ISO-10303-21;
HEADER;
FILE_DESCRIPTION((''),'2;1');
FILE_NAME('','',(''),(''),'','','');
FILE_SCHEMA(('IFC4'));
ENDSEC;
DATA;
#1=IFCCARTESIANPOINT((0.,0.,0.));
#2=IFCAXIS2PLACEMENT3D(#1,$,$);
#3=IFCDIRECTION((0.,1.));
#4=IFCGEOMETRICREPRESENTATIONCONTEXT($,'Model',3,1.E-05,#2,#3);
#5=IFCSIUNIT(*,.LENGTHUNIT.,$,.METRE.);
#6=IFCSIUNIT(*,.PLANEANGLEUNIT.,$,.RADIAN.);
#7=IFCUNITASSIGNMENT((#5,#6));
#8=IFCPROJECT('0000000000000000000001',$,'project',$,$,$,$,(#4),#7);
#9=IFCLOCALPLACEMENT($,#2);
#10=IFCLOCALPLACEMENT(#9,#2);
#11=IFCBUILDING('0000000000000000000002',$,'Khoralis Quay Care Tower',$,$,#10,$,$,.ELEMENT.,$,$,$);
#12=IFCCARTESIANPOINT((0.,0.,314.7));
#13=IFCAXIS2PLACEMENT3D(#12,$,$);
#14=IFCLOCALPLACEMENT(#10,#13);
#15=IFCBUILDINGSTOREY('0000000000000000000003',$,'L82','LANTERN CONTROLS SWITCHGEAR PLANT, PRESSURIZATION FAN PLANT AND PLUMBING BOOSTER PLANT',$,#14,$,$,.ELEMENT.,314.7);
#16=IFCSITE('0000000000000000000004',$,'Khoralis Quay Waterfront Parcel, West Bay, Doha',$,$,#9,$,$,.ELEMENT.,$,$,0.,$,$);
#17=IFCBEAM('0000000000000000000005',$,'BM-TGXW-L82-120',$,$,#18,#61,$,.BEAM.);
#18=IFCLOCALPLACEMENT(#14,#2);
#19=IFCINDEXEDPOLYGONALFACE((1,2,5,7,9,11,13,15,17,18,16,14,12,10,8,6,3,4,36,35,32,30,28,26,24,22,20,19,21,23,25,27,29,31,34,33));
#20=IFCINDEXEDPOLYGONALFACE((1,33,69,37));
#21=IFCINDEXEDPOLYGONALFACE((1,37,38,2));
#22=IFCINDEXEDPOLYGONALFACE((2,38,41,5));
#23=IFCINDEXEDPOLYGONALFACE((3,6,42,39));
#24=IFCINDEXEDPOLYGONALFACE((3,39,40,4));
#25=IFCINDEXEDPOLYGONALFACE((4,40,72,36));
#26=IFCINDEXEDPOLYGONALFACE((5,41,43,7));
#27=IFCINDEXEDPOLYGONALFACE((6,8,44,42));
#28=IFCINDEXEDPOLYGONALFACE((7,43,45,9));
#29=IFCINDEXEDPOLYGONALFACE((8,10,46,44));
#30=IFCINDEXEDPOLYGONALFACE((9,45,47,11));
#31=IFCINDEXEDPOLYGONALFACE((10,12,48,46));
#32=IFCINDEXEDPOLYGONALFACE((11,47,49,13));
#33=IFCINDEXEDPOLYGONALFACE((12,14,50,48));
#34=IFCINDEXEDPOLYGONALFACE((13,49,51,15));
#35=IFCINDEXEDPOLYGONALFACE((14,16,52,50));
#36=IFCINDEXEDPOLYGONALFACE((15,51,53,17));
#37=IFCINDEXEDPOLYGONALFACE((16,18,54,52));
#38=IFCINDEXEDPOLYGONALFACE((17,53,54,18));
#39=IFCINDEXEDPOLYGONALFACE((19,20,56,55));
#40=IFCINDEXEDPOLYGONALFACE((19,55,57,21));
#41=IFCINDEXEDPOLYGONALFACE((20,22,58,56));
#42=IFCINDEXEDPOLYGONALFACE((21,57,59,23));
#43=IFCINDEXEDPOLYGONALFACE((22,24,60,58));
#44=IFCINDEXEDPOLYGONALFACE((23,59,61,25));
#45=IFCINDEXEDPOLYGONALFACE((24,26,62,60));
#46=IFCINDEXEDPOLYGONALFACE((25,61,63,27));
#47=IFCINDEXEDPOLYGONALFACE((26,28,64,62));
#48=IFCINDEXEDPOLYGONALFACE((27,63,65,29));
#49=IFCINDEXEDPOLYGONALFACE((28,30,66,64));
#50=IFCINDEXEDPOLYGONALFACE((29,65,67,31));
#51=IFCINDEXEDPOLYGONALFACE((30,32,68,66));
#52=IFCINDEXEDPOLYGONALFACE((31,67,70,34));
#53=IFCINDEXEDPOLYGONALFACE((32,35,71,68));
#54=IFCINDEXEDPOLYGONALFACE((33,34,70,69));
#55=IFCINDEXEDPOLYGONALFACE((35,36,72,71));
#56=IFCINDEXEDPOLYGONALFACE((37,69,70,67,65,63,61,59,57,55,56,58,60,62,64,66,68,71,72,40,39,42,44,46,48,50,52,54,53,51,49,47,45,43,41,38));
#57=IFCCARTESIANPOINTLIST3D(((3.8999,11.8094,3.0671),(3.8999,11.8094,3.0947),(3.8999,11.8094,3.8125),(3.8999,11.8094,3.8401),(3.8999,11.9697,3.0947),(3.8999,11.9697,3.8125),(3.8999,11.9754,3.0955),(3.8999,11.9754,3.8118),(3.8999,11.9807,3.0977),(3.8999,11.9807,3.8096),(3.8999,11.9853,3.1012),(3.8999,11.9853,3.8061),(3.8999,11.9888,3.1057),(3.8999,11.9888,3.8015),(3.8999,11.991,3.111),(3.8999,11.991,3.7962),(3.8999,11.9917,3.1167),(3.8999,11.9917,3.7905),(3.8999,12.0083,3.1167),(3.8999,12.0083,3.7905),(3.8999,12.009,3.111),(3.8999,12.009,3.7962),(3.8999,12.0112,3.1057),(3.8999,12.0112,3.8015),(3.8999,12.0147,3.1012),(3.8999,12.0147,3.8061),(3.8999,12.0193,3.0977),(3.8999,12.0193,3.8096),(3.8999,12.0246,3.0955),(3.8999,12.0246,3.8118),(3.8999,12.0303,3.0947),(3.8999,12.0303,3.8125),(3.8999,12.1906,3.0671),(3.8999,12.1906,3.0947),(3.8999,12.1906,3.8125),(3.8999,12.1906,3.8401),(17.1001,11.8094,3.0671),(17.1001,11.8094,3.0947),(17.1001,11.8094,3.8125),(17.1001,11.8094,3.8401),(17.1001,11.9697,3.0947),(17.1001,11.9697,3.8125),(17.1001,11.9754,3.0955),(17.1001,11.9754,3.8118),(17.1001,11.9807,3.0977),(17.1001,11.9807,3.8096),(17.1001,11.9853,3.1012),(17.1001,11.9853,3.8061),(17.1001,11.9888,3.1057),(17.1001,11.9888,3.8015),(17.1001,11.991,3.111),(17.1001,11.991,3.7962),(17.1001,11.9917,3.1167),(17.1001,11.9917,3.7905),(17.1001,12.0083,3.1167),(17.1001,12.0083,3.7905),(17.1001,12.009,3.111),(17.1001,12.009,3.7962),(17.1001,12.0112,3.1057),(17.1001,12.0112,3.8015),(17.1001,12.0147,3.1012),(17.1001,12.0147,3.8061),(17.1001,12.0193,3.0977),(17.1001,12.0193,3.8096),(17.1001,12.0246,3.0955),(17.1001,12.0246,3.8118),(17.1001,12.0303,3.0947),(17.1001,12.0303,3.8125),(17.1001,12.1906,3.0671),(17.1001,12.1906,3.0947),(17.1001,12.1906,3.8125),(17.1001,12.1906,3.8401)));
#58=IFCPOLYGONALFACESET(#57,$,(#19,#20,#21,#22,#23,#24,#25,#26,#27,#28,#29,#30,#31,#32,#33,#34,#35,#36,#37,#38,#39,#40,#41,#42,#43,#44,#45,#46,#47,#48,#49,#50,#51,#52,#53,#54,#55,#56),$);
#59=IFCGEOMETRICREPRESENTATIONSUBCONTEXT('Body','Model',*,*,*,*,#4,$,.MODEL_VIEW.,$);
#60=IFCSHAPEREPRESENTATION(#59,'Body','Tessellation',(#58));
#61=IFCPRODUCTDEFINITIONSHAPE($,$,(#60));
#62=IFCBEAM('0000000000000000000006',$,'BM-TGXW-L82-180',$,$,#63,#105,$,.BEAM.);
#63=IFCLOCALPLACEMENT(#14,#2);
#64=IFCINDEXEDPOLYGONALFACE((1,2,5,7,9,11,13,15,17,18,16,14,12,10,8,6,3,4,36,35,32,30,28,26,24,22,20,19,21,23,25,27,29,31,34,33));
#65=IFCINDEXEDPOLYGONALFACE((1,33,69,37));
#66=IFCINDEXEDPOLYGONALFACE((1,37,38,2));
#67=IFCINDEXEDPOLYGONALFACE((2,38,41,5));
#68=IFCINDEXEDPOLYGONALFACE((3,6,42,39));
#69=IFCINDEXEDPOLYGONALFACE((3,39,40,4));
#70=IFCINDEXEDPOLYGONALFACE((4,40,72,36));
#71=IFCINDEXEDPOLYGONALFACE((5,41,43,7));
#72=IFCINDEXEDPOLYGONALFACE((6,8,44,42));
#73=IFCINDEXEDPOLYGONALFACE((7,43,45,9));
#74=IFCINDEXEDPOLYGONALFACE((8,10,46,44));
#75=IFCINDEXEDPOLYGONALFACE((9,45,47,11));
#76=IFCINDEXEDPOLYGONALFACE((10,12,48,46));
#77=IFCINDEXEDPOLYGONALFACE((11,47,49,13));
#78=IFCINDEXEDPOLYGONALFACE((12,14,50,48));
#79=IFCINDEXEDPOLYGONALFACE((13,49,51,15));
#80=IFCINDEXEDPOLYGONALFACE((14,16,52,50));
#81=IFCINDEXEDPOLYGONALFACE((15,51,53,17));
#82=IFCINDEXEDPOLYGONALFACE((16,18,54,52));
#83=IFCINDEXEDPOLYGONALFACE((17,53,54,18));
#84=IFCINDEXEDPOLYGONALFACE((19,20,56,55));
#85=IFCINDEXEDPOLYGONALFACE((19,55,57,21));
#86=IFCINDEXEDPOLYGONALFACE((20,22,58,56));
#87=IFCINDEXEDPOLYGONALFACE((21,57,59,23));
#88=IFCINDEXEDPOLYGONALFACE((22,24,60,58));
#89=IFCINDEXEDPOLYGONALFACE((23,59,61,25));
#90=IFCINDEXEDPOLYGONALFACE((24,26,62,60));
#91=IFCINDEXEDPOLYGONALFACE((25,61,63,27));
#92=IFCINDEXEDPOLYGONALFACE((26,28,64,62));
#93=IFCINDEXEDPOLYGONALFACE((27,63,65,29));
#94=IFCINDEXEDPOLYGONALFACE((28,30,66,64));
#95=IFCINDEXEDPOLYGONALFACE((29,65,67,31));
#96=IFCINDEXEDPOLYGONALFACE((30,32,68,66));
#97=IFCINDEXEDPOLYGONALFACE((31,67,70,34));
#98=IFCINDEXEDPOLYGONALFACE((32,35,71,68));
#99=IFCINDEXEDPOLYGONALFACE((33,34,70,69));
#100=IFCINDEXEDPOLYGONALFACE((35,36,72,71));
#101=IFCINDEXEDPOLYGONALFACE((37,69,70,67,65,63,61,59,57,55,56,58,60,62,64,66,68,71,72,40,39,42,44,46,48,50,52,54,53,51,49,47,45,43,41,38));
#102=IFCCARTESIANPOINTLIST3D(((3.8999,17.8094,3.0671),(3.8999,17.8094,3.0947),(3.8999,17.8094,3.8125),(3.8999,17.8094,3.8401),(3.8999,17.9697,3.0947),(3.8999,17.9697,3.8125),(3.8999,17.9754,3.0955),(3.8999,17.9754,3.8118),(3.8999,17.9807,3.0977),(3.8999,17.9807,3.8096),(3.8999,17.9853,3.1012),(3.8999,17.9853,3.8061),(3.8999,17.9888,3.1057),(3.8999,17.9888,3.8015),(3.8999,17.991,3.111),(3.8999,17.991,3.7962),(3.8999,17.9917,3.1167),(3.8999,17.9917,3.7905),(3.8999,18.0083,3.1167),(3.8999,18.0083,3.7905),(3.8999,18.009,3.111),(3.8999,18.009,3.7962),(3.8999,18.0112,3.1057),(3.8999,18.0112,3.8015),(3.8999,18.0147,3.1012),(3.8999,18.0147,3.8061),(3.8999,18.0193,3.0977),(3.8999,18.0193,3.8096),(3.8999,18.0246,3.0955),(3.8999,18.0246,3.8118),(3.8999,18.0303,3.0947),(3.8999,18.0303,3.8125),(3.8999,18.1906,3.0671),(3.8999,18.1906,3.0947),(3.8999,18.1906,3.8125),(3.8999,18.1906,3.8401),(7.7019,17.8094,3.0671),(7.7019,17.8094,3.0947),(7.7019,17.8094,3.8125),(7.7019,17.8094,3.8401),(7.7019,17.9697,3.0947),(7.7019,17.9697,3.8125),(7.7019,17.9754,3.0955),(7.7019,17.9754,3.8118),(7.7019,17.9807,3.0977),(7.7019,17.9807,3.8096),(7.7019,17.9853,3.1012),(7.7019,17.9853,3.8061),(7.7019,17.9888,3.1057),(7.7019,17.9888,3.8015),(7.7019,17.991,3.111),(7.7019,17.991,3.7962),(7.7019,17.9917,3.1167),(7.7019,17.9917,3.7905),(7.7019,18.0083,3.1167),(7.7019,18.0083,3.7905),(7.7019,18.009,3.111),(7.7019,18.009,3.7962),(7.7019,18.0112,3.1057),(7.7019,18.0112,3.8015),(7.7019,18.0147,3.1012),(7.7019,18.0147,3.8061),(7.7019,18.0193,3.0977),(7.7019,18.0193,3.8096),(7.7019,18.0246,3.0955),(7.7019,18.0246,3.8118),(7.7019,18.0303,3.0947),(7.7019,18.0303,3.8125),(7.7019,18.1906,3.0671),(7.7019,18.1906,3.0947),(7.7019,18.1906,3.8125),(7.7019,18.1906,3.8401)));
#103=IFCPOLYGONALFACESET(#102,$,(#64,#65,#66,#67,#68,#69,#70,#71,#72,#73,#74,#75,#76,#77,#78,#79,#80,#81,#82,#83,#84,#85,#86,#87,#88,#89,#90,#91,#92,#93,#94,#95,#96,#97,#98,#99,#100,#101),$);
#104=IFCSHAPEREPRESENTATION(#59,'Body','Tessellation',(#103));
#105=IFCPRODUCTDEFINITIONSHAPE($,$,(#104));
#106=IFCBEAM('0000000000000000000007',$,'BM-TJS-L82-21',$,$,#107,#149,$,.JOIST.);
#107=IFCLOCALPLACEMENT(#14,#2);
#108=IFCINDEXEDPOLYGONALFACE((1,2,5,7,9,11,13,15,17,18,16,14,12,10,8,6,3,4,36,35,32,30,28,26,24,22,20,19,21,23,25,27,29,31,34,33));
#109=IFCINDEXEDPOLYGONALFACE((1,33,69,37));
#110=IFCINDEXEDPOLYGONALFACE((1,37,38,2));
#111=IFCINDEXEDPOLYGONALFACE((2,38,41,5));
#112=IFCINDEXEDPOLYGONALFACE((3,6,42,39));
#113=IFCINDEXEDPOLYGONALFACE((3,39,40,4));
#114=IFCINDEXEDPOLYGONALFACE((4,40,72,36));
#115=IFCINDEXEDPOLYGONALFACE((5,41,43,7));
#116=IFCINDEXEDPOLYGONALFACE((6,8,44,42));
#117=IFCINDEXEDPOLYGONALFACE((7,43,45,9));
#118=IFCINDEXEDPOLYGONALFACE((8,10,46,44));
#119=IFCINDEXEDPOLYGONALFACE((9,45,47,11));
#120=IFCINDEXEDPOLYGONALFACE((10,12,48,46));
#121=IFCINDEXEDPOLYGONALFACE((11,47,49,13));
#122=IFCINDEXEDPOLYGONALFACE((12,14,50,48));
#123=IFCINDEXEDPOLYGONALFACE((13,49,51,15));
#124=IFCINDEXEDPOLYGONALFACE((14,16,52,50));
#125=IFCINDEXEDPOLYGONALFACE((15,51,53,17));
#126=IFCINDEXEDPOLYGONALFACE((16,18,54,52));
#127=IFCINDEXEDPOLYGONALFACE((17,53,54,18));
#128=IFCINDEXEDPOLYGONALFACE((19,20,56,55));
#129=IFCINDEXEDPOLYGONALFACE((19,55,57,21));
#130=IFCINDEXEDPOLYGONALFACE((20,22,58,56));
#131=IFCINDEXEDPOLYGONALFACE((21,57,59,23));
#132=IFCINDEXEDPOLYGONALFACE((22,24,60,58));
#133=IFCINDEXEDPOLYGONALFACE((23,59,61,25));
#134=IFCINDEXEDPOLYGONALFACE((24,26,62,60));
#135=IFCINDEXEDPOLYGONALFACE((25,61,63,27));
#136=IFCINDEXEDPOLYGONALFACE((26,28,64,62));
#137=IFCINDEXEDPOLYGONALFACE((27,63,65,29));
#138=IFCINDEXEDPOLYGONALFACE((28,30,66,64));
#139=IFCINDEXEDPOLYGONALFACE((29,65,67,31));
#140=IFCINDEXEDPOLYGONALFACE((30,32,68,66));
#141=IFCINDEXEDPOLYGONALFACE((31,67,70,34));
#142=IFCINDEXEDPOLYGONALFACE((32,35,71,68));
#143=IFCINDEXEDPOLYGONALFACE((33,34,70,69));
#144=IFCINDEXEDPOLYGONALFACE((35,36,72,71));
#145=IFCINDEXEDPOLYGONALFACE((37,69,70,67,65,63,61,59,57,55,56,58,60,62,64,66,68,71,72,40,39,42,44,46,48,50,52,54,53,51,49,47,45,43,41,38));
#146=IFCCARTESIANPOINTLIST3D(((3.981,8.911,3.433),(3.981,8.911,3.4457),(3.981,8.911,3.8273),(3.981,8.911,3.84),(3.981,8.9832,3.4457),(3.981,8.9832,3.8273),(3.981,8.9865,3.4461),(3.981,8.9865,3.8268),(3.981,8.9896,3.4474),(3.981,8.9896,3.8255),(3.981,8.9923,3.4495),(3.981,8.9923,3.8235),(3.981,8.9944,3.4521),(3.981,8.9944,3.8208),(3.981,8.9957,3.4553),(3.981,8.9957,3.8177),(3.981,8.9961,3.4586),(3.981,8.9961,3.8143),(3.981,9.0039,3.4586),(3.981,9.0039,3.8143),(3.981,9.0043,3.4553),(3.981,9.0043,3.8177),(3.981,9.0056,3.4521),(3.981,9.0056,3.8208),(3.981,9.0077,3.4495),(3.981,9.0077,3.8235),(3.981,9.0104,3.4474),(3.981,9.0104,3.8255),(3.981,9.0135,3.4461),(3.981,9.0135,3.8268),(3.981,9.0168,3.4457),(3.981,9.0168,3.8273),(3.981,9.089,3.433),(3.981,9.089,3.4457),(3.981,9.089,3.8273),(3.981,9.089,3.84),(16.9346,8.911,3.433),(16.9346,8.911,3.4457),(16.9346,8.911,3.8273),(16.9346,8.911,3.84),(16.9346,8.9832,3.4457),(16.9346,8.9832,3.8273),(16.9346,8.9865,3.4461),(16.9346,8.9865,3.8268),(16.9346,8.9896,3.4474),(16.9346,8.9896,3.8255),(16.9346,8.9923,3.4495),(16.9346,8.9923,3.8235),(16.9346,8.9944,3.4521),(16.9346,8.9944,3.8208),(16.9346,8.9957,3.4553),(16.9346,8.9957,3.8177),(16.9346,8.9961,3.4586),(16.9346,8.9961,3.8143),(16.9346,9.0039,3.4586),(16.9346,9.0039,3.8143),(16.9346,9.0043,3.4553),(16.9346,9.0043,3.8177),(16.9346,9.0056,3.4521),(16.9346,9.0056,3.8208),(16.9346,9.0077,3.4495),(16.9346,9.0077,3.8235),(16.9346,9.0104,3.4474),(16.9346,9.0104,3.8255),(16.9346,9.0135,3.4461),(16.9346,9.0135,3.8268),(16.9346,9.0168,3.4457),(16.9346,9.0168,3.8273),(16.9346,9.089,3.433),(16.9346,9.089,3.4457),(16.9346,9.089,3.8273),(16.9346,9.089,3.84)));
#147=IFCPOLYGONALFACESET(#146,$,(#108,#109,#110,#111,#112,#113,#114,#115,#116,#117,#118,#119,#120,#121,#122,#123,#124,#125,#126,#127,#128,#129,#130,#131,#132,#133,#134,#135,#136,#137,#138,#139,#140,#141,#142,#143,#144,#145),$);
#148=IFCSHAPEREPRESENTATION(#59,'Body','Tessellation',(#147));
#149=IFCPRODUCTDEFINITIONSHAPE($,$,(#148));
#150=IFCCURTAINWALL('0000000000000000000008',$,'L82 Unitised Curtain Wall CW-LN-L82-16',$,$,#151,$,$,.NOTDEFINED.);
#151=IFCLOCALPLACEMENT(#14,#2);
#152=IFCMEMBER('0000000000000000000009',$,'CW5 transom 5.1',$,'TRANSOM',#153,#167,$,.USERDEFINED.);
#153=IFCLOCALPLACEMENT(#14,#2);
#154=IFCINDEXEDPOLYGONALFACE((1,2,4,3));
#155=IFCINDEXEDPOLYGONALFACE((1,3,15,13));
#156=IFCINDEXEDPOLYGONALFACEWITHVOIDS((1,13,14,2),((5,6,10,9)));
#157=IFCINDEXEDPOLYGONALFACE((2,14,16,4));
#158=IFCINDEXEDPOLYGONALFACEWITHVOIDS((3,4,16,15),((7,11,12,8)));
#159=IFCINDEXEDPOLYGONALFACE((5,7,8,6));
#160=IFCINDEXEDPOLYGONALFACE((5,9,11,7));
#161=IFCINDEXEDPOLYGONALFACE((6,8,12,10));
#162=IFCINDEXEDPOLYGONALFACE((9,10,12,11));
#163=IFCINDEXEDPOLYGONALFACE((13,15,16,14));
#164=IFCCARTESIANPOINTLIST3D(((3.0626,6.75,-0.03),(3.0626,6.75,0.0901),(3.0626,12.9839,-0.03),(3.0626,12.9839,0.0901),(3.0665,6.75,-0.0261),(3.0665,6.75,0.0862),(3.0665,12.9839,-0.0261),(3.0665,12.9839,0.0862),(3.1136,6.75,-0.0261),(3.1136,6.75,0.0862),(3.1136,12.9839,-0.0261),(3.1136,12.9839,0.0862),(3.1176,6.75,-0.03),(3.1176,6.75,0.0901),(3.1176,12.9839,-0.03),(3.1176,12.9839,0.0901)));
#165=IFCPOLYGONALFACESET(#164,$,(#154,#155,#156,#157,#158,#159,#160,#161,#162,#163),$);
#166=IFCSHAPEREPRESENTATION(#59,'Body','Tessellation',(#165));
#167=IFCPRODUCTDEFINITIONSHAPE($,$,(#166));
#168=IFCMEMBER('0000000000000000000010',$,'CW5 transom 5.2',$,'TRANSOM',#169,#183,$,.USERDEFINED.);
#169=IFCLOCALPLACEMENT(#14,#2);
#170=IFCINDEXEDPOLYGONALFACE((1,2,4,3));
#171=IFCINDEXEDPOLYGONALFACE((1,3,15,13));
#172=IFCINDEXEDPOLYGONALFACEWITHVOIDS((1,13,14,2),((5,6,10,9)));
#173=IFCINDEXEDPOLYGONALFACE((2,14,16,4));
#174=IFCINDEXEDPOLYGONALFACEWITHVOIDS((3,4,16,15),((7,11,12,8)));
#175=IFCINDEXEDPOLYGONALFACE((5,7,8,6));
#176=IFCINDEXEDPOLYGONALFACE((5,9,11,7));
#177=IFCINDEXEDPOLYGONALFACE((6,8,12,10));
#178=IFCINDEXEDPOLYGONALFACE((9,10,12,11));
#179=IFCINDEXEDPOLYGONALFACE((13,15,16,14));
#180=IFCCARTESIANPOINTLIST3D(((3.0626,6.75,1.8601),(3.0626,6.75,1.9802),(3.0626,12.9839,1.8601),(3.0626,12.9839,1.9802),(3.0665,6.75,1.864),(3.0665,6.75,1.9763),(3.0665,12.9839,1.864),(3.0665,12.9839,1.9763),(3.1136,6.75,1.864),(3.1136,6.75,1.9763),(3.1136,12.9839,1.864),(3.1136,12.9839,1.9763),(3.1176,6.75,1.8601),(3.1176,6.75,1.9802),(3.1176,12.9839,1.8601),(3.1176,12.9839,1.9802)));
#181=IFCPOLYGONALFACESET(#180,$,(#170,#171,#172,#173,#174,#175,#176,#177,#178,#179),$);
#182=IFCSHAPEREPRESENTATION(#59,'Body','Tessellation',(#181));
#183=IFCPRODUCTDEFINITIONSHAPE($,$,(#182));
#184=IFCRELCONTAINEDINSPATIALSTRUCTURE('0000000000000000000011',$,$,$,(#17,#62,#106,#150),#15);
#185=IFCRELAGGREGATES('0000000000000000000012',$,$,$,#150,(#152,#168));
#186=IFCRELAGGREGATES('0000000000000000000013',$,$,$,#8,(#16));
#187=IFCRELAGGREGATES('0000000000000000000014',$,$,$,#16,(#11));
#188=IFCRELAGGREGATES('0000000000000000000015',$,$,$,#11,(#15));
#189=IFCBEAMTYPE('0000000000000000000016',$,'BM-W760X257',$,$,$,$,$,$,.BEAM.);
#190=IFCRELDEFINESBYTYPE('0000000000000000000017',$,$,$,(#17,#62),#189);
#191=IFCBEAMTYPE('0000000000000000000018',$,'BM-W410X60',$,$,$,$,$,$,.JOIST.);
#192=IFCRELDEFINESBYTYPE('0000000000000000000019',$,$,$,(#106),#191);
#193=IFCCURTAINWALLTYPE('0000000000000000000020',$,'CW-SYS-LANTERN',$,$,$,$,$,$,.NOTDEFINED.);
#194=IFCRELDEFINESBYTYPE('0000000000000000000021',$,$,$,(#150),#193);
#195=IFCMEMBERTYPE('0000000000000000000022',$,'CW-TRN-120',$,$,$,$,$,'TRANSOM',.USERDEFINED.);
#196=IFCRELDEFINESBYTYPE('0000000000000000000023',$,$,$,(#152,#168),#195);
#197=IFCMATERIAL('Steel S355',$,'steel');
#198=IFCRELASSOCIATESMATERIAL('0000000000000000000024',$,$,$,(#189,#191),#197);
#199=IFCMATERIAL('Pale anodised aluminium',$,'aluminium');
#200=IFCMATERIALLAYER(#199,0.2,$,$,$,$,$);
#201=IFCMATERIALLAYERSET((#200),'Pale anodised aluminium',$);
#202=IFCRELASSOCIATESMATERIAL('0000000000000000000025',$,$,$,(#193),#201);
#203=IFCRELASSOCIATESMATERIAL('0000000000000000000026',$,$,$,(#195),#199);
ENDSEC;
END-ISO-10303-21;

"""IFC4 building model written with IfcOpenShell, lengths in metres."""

from ifc_helpers import new_model, si_unit, direction, frame, origin, origin_2d, place, context, subcontext, project, spatial, hollow_rectangle, i_section, extrude, source, transform, mapped, material, layer, layer_set, material_profile, profile_set, type_object, element, aggregate, save


model = new_model("IFC4")

# Units and contexts
model_context = context("Model", 3, precision=1e-05, world=origin(), true_north=direction((0.0, 1.0)))
body_context = subcontext(model_context, "Body", "Model", "MODEL_VIEW")
ifc_project = project(units=[si_unit("LENGTHUNIT", "METRE"), si_unit("PLANEANGLEUNIT", "RADIAN")], contexts=[model_context])

# Site, building, storey
site_placement = place(None, origin())
site = spatial("IfcSite", under=ifc_project, at=site_placement, Name="Khoralis Quay Waterfront Parcel, West Bay, Doha", CompositionType="ELEMENT", RefElevation=0.0)
building_placement = place(site_placement, origin())
building = spatial("IfcBuilding", under=site, at=building_placement, Name="Khoralis Quay Care Tower", CompositionType="ELEMENT")
storey_placement = place(building_placement, frame((0.0, 0.0, 314.7)))
storey = spatial("IfcBuildingStorey", under=building, at=storey_placement, Name="L82", Description="LANTERN CONTROLS SWITCHGEAR PLANT, PRESSURIZATION FAN PLANT AND PLUMBING BOOSTER PLANT", CompositionType="ELEMENT", Elevation=314.7)

# Shared definitions
ifc_material_1 = material(Name="Steel S355", Category="steel")

# Beams
ifc_material_profile_1 = material_profile(ifc_material_1, i_section(OverallWidth=0.3811, OverallDepth=0.7729, WebThickness=0.0166, FlangeThickness=0.0276, FilletRadius=0.022, at=origin_2d()), Name="Steel S355")
ifc_profile_set_1 = profile_set([ifc_material_profile_1], Name="Steel S355")
beam_type_1 = type_object("IfcBeamType", Name="BM-W760X257", PredefinedType="BEAM", material=ifc_profile_set_1)
shared_shape_1 = source(origin(), body_context, "Body", "SweptSolid", [
    extrude(i_section(OverallWidth=0.3811, OverallDepth=0.7729, WebThickness=0.0166, FlangeThickness=0.0276, FilletRadius=0.022, at=origin_2d()), origin(), (0.0, 0.0, 1.0), 13.2002),
])
beam_1_placement = place(storey_placement, frame((3.8999, 12.0, 3.4536), z_axis=(1.0, 0.0, 0.0), x_axis=(0.0, 1.0, 0.0)))
element("IfcBeam", 1, at=beam_1_placement, inside=storey, type_object=beam_type_1, Name="BM-TGXW-L82-120", PredefinedType="BEAM", context=body_context, shape_type="MappedRepresentation", body=[
    mapped(shared_shape_1, transform((0.0, 0.0, 0.0), scale=1.0)),
])
shared_shape_2 = source(origin(), body_context, "Body", "SweptSolid", [
    extrude(i_section(OverallWidth=0.3811, OverallDepth=0.7729, WebThickness=0.0166, FlangeThickness=0.0276, FilletRadius=0.022, at=origin_2d()), origin(), (0.0, 0.0, 1.0), 3.802),
])
beam_2_placement = place(storey_placement, frame((3.8999, 18.0, 3.4536), z_axis=(1.0, 0.0, 0.0), x_axis=(0.0, 1.0, 0.0)))
element("IfcBeam", 2, at=beam_2_placement, inside=storey, type_object=beam_type_1, Name="BM-TGXW-L82-180", PredefinedType="BEAM", context=body_context, shape_type="MappedRepresentation", body=[
    mapped(shared_shape_2, transform((0.0, 0.0, 0.0), scale=1.0)),
])
ifc_material_profile_2 = material_profile(ifc_material_1, i_section(OverallWidth=0.178, OverallDepth=0.407, WebThickness=0.0078, FlangeThickness=0.0127, FilletRadius=0.0129, at=origin_2d()), Name="Steel S355")
ifc_profile_set_2 = profile_set([ifc_material_profile_2], Name="Steel S355")
beam_type_2 = type_object("IfcBeamType", Name="BM-W410X60", PredefinedType="JOIST", material=ifc_profile_set_2)
shared_shape_3 = source(origin(), body_context, "Body", "SweptSolid", [
    extrude(i_section(OverallWidth=0.178, OverallDepth=0.407, WebThickness=0.0078, FlangeThickness=0.0127, FilletRadius=0.0129, at=origin_2d()), origin(), (0.0, 0.0, 1.0), 12.9536),
])
beam_3_placement = place(storey_placement, frame((3.981, 9.0, 3.6365), z_axis=(1.0, 0.0, 0.0), x_axis=(0.0, 1.0, 0.0)))
element("IfcBeam", 3, at=beam_3_placement, inside=storey, type_object=beam_type_2, Name="BM-TJS-L82-21", PredefinedType="JOIST", context=body_context, shape_type="MappedRepresentation", body=[
    mapped(shared_shape_3, transform((0.0, 0.0, 0.0), scale=1.0)),
])

# Curtain wall, members
ifc_material_2 = material(Name="Pale anodised aluminium", Category="aluminium")
ifc_layer_1 = layer(ifc_material_2, 0.2)
ifc_layer_set_1 = layer_set([ifc_layer_1], Name="Pale anodised aluminium")
curtain_wall_type = type_object("IfcCurtainWallType", Name="CW-SYS-LANTERN", PredefinedType="NOTDEFINED", material=ifc_layer_set_1)
curtain_wall_1_placement = place(storey_placement, origin())
curtain_wall_1 = element("IfcCurtainWall", 4, at=curtain_wall_1_placement, inside=storey, type_object=curtain_wall_type, Name="L82 Unitised Curtain Wall CW-LN-L82-16", PredefinedType="NOTDEFINED")
ifc_material_profile_3 = material_profile(ifc_material_2, hollow_rectangle(XDim=0.0549, YDim=0.1201, WallThickness=0.0039, at=origin_2d()), Name="Pale anodised aluminium")
ifc_profile_set_3 = profile_set([ifc_material_profile_3], Name="Pale anodised aluminium")
member_type_1 = type_object("IfcMemberType", Name="CW-TRN-120", ElementType="TRANSOM", PredefinedType="USERDEFINED", material=ifc_profile_set_3)
shared_shape_4 = source(origin(), body_context, "Body", "SweptSolid", [
    extrude(hollow_rectangle(XDim=0.0549, YDim=0.1201, WallThickness=0.0039, at=origin_2d()), origin(), (0.0, 0.0, 1.0), 6.2339),
])
member_1_placement = place(storey_placement, frame((3.0901, 12.9839, 0.03), z_axis=(0.0, -1.0, 0.0), x_axis=(1.0, 0.0, 0.0)))
member_1 = element("IfcMember", 5, at=member_1_placement, type_object=member_type_1, Name="CW5 transom 5.1", ObjectType="TRANSOM", PredefinedType="USERDEFINED", context=body_context, shape_type="MappedRepresentation", body=[
    mapped(shared_shape_4, transform((0.0, 0.0, 0.0), scale=1.0)),
])
member_2_placement = place(storey_placement, frame((3.0901, 12.9839, 1.9202), z_axis=(0.0, -1.0, 0.0), x_axis=(1.0, 0.0, 0.0)))
member_2 = element("IfcMember", 6, at=member_2_placement, type_object=member_type_1, Name="CW5 transom 5.2", ObjectType="TRANSOM", PredefinedType="USERDEFINED", context=body_context, shape_type="MappedRepresentation", body=[
    mapped(shared_shape_4, transform((0.0, 0.0, 0.0), scale=1.0)),
])

aggregate(curtain_wall_1, [member_1, member_2])

save(model, "model.ifc")
